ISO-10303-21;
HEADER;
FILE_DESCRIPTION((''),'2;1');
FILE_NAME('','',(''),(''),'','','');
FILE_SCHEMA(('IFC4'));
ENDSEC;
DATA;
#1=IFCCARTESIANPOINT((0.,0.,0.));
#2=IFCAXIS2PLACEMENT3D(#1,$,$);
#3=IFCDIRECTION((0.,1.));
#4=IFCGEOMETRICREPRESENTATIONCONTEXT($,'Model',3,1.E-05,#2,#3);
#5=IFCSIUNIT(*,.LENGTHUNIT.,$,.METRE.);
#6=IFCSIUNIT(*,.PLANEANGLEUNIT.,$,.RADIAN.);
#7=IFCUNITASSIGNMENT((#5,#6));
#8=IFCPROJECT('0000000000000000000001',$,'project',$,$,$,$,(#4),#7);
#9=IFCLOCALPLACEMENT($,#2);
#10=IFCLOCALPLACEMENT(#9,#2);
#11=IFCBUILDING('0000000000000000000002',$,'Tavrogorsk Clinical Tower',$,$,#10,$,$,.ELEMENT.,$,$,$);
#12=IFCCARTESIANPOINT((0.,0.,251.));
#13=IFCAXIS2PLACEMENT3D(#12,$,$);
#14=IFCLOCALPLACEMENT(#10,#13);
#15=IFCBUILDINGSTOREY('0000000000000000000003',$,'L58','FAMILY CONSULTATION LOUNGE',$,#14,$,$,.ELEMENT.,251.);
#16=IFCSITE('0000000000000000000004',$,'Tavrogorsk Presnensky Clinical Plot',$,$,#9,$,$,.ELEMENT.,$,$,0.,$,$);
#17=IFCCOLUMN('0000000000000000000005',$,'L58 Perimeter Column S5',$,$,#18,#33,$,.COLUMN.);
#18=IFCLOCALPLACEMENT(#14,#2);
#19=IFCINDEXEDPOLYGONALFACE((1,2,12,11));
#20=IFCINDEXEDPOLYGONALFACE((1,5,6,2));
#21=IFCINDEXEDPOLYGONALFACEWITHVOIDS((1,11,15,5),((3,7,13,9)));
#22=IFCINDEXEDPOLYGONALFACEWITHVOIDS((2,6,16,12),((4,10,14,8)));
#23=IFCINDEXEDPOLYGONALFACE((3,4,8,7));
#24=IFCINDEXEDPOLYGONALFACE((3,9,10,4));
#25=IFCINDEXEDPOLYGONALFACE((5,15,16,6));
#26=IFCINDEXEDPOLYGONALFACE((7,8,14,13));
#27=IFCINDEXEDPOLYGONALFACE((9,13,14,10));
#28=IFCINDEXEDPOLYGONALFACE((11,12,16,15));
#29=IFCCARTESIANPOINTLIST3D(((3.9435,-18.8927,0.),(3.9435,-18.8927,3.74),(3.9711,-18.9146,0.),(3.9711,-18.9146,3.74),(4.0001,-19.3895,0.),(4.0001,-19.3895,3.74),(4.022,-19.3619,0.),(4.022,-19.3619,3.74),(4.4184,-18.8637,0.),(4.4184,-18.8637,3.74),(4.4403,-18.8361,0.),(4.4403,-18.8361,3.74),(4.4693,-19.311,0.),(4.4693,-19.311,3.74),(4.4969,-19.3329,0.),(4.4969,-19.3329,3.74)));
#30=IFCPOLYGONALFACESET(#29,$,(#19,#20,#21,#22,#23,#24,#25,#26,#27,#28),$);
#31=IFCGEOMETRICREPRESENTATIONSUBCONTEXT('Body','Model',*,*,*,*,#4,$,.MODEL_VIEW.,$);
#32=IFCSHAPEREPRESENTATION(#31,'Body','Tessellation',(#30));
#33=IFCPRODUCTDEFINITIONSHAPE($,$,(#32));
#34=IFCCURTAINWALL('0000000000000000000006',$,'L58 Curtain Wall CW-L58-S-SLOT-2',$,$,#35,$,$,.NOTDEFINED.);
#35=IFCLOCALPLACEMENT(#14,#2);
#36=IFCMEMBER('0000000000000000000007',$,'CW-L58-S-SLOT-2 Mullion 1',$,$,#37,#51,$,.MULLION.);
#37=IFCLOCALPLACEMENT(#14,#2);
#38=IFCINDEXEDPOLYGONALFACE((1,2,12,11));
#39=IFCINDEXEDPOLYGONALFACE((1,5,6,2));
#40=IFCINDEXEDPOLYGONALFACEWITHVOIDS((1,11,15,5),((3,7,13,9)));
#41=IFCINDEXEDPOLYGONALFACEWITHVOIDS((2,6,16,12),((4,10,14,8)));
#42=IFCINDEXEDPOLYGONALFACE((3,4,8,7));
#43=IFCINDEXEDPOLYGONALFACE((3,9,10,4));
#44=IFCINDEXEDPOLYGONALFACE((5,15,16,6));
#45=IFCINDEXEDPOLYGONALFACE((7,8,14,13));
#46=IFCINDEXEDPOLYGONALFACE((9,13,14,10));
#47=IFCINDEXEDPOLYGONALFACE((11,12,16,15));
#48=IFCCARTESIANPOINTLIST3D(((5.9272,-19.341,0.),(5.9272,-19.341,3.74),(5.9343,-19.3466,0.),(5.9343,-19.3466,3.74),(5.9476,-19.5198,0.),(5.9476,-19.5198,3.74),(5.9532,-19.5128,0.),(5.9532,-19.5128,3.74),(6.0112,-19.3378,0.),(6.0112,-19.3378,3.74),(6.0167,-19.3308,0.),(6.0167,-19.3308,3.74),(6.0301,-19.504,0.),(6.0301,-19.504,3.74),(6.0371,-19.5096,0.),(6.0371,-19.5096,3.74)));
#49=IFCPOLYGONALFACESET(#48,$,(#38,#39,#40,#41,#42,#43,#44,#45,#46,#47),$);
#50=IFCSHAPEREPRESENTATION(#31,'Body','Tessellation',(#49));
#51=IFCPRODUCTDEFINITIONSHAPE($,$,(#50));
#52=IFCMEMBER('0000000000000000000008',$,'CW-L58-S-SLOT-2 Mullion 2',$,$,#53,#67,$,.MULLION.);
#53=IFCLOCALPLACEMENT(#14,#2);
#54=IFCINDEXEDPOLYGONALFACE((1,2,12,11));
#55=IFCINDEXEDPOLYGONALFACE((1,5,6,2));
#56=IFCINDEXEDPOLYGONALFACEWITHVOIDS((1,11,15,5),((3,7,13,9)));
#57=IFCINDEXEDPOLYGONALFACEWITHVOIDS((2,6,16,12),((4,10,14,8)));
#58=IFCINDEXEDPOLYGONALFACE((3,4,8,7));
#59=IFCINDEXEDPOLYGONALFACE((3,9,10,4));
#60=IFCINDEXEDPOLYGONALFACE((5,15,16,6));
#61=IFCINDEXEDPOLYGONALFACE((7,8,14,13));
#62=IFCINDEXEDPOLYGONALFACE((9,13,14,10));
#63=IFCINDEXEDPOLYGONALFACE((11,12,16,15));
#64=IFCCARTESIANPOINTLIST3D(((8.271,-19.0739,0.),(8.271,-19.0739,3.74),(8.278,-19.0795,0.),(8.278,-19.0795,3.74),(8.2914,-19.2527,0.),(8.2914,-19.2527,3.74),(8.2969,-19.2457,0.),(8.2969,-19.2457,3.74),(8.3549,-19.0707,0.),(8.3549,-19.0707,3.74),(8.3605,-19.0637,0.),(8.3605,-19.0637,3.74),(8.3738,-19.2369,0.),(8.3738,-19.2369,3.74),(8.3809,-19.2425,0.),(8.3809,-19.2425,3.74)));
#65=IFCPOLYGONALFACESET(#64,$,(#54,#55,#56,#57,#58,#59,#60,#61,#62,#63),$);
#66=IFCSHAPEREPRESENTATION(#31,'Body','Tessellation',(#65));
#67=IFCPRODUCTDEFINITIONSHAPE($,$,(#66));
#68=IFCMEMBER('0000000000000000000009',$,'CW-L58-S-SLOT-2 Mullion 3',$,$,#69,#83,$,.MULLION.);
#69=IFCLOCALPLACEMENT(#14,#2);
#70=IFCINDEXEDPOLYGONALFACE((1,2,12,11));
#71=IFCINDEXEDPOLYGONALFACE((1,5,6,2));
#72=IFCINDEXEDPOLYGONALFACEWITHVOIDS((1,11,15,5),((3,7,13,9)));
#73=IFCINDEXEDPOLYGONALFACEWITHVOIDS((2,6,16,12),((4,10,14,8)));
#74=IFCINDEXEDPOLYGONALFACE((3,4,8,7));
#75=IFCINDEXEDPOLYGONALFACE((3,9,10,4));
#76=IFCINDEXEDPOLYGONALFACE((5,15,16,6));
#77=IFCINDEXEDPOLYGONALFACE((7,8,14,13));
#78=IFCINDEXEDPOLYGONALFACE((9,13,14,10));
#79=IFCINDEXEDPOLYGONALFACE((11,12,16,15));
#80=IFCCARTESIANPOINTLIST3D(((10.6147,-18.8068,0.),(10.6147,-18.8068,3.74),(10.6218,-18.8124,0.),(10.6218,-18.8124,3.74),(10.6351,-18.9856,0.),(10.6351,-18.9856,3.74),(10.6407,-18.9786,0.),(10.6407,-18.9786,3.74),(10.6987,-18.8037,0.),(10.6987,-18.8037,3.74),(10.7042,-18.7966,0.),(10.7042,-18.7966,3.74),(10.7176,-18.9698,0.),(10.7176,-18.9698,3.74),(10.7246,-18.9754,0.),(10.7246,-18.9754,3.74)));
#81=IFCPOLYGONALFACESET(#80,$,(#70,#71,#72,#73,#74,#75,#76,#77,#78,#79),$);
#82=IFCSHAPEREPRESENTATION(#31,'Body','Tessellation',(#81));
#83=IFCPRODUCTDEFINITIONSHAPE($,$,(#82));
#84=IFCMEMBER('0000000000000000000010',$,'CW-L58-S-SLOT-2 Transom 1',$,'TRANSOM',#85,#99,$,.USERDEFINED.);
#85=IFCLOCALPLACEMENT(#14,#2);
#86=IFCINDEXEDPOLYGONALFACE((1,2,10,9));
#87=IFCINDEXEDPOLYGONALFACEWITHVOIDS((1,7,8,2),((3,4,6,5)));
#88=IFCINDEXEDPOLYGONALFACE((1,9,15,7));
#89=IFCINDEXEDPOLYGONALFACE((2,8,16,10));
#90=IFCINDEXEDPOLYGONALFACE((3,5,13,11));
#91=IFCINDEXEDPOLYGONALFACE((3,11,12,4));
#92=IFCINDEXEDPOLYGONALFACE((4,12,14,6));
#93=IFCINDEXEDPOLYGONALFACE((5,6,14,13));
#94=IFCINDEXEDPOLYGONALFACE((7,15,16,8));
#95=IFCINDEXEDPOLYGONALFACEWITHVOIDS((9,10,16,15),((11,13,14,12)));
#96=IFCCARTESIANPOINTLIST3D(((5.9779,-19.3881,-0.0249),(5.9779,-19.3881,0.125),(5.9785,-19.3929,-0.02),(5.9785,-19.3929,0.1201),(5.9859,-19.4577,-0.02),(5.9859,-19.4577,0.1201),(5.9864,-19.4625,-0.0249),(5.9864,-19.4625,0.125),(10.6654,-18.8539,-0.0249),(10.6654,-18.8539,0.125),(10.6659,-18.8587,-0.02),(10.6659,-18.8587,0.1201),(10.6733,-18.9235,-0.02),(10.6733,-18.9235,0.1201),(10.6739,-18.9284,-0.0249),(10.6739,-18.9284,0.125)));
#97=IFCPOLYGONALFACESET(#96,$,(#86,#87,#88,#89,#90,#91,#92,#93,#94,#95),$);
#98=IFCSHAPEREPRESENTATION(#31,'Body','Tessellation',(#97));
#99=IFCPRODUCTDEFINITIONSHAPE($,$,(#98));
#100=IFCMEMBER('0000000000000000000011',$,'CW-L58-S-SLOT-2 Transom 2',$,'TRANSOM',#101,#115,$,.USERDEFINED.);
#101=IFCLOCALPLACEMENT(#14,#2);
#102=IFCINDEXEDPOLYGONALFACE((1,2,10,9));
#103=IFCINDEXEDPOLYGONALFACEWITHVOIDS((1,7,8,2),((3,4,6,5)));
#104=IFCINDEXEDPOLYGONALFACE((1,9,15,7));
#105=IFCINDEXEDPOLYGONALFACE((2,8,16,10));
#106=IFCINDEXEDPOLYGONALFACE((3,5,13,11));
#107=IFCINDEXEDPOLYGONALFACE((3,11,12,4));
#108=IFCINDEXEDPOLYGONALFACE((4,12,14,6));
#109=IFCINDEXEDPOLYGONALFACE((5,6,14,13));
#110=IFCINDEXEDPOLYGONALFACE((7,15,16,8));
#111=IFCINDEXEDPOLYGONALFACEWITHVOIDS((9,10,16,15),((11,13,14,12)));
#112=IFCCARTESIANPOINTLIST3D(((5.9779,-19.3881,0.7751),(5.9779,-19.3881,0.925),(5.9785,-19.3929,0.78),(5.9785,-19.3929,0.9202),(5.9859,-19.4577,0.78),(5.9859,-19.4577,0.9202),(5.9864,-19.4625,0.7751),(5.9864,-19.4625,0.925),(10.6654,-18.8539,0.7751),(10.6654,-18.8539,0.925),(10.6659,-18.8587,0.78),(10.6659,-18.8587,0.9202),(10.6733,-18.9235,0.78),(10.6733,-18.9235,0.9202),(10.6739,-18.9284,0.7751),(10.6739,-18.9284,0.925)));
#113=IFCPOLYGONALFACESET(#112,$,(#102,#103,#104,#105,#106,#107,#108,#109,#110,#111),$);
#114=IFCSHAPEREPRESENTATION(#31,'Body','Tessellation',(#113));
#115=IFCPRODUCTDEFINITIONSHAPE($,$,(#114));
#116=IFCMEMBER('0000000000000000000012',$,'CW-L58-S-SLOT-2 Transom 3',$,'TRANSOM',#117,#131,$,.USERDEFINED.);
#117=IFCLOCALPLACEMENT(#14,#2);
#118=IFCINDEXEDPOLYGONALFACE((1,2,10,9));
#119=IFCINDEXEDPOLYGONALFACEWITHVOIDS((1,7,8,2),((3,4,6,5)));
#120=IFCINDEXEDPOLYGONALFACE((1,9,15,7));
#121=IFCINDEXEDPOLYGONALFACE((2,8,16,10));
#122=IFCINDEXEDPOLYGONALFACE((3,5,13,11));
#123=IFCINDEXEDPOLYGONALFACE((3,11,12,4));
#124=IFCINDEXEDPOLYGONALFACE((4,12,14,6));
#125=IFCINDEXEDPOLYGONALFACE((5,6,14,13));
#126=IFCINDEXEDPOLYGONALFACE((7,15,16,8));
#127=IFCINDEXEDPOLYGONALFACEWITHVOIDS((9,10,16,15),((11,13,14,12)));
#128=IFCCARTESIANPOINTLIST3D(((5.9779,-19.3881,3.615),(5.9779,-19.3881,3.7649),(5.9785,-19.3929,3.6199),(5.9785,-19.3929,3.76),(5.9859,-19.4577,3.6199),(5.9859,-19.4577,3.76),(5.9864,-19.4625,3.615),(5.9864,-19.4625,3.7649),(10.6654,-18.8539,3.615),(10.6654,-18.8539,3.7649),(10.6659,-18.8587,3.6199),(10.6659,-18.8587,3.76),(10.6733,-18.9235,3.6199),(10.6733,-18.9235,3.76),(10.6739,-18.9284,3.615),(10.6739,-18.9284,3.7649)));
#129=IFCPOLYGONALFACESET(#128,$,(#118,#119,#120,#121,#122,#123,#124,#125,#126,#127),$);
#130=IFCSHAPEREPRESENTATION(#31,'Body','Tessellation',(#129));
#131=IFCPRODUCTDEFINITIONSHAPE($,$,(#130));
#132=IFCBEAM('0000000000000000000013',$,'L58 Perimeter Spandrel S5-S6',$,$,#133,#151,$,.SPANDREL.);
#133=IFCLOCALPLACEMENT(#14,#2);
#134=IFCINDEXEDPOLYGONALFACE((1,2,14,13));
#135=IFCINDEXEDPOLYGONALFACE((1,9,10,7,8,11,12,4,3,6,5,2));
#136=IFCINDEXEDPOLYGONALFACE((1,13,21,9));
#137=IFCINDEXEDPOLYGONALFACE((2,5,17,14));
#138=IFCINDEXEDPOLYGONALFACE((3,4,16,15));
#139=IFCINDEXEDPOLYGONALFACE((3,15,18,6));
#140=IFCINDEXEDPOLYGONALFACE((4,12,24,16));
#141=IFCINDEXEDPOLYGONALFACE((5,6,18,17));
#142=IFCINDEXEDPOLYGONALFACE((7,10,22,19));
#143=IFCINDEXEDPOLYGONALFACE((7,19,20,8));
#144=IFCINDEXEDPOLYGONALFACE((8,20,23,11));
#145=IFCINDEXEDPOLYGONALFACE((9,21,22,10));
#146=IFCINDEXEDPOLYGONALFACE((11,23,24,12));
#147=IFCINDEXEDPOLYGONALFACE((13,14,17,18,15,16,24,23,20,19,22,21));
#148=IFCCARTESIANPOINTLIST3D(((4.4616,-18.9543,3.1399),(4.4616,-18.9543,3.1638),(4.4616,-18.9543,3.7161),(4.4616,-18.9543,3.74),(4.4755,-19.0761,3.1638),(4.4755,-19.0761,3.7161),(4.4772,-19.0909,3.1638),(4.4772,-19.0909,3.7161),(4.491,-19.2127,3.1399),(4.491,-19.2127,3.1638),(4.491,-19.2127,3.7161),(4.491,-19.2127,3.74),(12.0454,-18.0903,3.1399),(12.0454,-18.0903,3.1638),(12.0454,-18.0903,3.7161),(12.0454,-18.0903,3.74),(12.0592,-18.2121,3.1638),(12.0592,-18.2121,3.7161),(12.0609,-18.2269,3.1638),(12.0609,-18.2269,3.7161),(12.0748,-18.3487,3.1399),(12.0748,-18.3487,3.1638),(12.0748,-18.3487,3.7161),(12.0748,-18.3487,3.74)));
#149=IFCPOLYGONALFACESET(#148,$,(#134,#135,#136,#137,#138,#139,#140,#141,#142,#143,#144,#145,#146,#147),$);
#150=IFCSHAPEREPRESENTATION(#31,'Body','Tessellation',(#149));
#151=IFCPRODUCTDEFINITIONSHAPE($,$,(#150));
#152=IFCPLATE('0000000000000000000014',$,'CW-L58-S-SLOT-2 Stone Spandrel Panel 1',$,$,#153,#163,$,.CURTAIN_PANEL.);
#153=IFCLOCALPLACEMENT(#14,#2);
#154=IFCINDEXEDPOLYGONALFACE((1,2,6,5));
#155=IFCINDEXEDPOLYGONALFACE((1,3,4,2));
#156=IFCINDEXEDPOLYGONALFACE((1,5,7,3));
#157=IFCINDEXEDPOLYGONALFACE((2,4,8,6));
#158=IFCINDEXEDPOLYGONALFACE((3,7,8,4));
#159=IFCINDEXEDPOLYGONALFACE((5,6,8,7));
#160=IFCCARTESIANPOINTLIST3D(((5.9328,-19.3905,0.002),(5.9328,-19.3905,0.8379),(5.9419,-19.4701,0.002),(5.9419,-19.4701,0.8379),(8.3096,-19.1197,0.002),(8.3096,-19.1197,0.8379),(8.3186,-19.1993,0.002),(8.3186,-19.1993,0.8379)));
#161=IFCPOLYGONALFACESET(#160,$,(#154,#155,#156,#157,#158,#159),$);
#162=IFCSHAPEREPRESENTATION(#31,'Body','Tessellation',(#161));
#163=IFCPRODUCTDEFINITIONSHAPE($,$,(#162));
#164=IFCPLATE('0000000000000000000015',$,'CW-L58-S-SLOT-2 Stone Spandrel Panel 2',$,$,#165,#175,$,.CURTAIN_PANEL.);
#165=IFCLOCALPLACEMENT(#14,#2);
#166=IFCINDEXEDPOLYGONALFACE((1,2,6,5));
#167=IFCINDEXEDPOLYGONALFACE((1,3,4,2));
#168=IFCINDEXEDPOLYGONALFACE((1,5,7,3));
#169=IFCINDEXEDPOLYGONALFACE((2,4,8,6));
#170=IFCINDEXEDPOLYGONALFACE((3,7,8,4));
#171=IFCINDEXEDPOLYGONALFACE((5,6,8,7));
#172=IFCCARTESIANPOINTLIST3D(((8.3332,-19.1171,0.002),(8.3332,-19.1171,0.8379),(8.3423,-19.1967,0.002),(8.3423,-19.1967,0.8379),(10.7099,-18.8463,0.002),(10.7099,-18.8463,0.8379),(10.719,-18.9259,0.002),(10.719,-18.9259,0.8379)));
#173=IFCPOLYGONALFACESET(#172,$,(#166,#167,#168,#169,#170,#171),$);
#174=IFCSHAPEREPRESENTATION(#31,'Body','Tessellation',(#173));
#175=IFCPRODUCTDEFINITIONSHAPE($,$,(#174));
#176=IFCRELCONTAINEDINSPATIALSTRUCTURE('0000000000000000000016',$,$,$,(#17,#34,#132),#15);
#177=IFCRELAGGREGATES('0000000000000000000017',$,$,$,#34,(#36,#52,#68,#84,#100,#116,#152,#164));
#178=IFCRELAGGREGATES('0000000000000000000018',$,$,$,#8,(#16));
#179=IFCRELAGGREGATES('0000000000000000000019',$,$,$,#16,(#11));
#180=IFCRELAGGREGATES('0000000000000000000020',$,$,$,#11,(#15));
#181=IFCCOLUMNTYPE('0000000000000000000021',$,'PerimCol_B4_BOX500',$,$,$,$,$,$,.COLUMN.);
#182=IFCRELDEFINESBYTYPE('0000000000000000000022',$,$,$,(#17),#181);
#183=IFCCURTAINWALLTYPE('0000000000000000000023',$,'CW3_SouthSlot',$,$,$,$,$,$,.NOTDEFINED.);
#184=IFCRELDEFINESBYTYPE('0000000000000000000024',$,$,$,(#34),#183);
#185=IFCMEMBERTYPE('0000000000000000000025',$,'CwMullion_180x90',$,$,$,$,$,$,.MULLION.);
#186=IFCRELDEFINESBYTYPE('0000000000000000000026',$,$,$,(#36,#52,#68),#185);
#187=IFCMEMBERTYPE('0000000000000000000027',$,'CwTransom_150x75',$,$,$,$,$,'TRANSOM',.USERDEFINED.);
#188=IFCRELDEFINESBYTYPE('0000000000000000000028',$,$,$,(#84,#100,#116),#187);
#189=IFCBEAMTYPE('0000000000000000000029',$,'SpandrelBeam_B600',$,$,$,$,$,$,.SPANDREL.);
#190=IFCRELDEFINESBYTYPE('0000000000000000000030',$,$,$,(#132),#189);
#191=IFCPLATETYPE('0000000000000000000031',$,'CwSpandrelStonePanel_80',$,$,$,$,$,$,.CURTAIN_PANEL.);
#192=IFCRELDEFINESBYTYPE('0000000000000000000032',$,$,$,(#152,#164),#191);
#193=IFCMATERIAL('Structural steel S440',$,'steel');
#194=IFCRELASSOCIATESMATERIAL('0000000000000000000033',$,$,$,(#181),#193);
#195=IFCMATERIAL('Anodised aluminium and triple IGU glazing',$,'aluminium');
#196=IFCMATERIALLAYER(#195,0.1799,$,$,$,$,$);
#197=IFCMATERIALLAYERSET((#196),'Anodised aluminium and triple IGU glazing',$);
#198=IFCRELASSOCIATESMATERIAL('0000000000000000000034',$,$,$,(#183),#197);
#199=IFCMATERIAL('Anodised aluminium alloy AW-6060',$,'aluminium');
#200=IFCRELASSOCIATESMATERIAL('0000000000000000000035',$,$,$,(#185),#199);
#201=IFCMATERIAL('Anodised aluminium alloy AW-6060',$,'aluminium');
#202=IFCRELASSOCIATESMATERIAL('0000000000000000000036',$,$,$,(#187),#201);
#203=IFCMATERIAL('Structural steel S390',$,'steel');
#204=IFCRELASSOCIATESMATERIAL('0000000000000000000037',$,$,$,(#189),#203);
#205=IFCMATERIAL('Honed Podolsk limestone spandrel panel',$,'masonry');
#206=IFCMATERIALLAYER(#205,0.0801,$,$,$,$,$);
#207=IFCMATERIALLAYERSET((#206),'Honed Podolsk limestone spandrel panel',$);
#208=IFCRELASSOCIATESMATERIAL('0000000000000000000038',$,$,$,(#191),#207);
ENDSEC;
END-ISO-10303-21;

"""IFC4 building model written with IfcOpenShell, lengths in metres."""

from ifc_helpers import new_model, si_unit, direction, frame, origin, origin_2d, place, context, subcontext, project, spatial, rectangle, hollow_rectangle, i_section, extrude, material, layer, layer_set, material_profile, profile_set, type_object, element, aggregate, save


model = new_model("IFC4")

# Units and contexts
model_context = context("Model", 3, precision=1e-05, world=origin(), true_north=direction((0.0, 1.0)))
body_context = subcontext(model_context, "Body", "Model", "MODEL_VIEW")
ifc_project = project(units=[si_unit("LENGTHUNIT", "METRE"), si_unit("PLANEANGLEUNIT", "RADIAN")], contexts=[model_context])

# Site, building, storey
site_placement = place(None, origin())
site = spatial("IfcSite", under=ifc_project, at=site_placement, Name="Tavrogorsk Presnensky Clinical Plot", CompositionType="ELEMENT", RefElevation=0.0)
building_placement = place(site_placement, origin())
building = spatial("IfcBuilding", under=site, at=building_placement, Name="Tavrogorsk Clinical Tower", CompositionType="ELEMENT")
storey_placement = place(building_placement, frame((0.0, 0.0, 251.0)))
storey = spatial("IfcBuildingStorey", under=building, at=storey_placement, Name="L58", Description="FAMILY CONSULTATION LOUNGE", CompositionType="ELEMENT", Elevation=251.0)

# Column
ifc_material_1 = material(Name="Structural steel S440", Category="steel")
ifc_material_profile_1 = material_profile(ifc_material_1, hollow_rectangle(XDim=0.5, YDim=0.5, WallThickness=0.0249, at=origin_2d()), Name="BOX-500x500x25")
ifc_profile_set_1 = profile_set([ifc_material_profile_1], Name="Structural steel S440")
column_type = type_object("IfcColumnType", Name="PerimCol_B4_BOX500", PredefinedType="COLUMN", material=ifc_profile_set_1)
column_placement = place(storey_placement, frame((4.2202, -19.1128, 0.0), z_axis=(0.0, 0.0, 1.0), x_axis=(0.993572, 0.113203, 0.0)))
element("IfcColumn", 1, at=column_placement, inside=storey, type_object=column_type, Name="L58 Perimeter Column S5", PredefinedType="COLUMN", context=body_context, shape_type="SweptSolid", body=[
    extrude(hollow_rectangle(XDim=0.5, YDim=0.5, WallThickness=0.0249, at=origin_2d()), origin(), (0.0, 0.0, 1.0), 3.74),
])

# Curtain wall, members
ifc_material_2 = material(Name="Anodised aluminium and triple IGU glazing", Category="aluminium")
ifc_layer_1 = layer(ifc_material_2, 0.1799)
ifc_layer_set_1 = layer_set([ifc_layer_1], Name="Anodised aluminium and triple IGU glazing")
curtain_wall_type = type_object("IfcCurtainWallType", Name="CW3_SouthSlot", PredefinedType="NOTDEFINED", material=ifc_layer_set_1)
curtain_wall_placement = place(storey_placement, origin())
curtain_wall = element("IfcCurtainWall", 2, at=curtain_wall_placement, inside=storey, type_object=curtain_wall_type, Name="L58 Curtain Wall CW-L58-S-SLOT-2", PredefinedType="NOTDEFINED")
ifc_material_3 = material(Name="Anodised aluminium alloy AW-6060", Category="aluminium")
ifc_material_profile_2 = material_profile(ifc_material_3, hollow_rectangle(XDim=0.0901, YDim=0.1799, WallThickness=0.0063, at=origin_2d()), Name="RHS-180x90x6.3")
ifc_profile_set_2 = profile_set([ifc_material_profile_2], Name="Anodised aluminium alloy AW-6060")
member_type_1 = type_object("IfcMemberType", Name="CwMullion_180x90", PredefinedType="MULLION", material=ifc_profile_set_2)
member_1_placement = place(storey_placement, frame((5.9822, -19.4253, 0.0), z_axis=(0.0, 0.0, 1.0), x_axis=(0.993572, 0.113203, 0.0)))
member_1 = element("IfcMember", 3, at=member_1_placement, type_object=member_type_1, Name="CW-L58-S-SLOT-2 Mullion 1", PredefinedType="MULLION", context=body_context, shape_type="SweptSolid", body=[
    extrude(hollow_rectangle(XDim=0.0901, YDim=0.1799, WallThickness=0.0063, at=origin_2d()), origin(), (0.0, 0.0, 1.0), 3.74),
])
member_2_placement = place(storey_placement, frame((8.3259, -19.1582, 0.0), z_axis=(0.0, 0.0, 1.0), x_axis=(0.993572, 0.113203, 0.0)))
member_2 = element("IfcMember", 4, at=member_2_placement, type_object=member_type_1, Name="CW-L58-S-SLOT-2 Mullion 2", PredefinedType="MULLION", context=body_context, shape_type="SweptSolid", body=[
    extrude(hollow_rectangle(XDim=0.0901, YDim=0.1799, WallThickness=0.0063, at=origin_2d()), origin(), (0.0, 0.0, 1.0), 3.74),
])
member_3_placement = place(storey_placement, frame((10.6697, -18.8911, 0.0), z_axis=(0.0, 0.0, 1.0), x_axis=(0.993572, 0.113203, 0.0)))
member_3 = element("IfcMember", 5, at=member_3_placement, type_object=member_type_1, Name="CW-L58-S-SLOT-2 Mullion 3", PredefinedType="MULLION", context=body_context, shape_type="SweptSolid", body=[
    extrude(hollow_rectangle(XDim=0.0901, YDim=0.1799, WallThickness=0.0063, at=origin_2d()), origin(), (0.0, 0.0, 1.0), 3.74),
])
ifc_material_4 = material(Name="Anodised aluminium alloy AW-6060", Category="aluminium")
ifc_material_profile_3 = material_profile(ifc_material_4, hollow_rectangle(XDim=0.075, YDim=0.1499, WallThickness=0.0049, at=origin_2d()), Name="RHS-150x75x5")
ifc_profile_set_3 = profile_set([ifc_material_profile_3], Name="Anodised aluminium alloy AW-6060")
member_type_2 = type_object("IfcMemberType", Name="CwTransom_150x75", ElementType="TRANSOM", PredefinedType="USERDEFINED", material=ifc_profile_set_3)
member_4_placement = place(storey_placement, frame((5.9822, -19.4253, 0.05), z_axis=(0.993569, 0.113226, 0.0), x_axis=(-0.113226, 0.993569, 0.0)))
member_4 = element("IfcMember", 6, at=member_4_placement, type_object=member_type_2, Name="CW-L58-S-SLOT-2 Transom 1", ObjectType="TRANSOM", PredefinedType="USERDEFINED", context=body_context, shape_type="SweptSolid", body=[
    extrude(hollow_rectangle(XDim=0.075, YDim=0.1499, WallThickness=0.0049, at=origin_2d()), origin(), (0.0, 0.0, 1.0), 4.7178),
])
member_5_placement = place(storey_placement, frame((5.9822, -19.4253, 0.8501), z_axis=(0.993569, 0.113226, 0.0), x_axis=(-0.113226, 0.993569, 0.0)))
member_5 = element("IfcMember", 7, at=member_5_placement, type_object=member_type_2, Name="CW-L58-S-SLOT-2 Transom 2", ObjectType="TRANSOM", PredefinedType="USERDEFINED", context=body_context, shape_type="SweptSolid", body=[
    extrude(hollow_rectangle(XDim=0.075, YDim=0.1499, WallThickness=0.0049, at=origin_2d()), origin(), (0.0, 0.0, 1.0), 4.7178),
])
member_6_placement = place(storey_placement, frame((5.9822, -19.4253, 3.6899), z_axis=(0.993569, 0.113226, 0.0), x_axis=(-0.113226, 0.993569, 0.0)))
member_6 = element("IfcMember", 8, at=member_6_placement, type_object=member_type_2, Name="CW-L58-S-SLOT-2 Transom 3", ObjectType="TRANSOM", PredefinedType="USERDEFINED", context=body_context, shape_type="SweptSolid", body=[
    extrude(hollow_rectangle(XDim=0.075, YDim=0.1499, WallThickness=0.0049, at=origin_2d()), origin(), (0.0, 0.0, 1.0), 4.7178),
])

# Beam
ifc_material_5 = material(Name="Structural steel S390", Category="steel")
ifc_material_profile_4 = material_profile(ifc_material_5, i_section(OverallWidth=0.26, OverallDepth=0.6001, WebThickness=0.0149, FlangeThickness=0.0239, at=origin_2d()), Name="B-600x260x15x24")
ifc_profile_set_4 = profile_set([ifc_material_profile_4], Name="Structural steel S390")
beam_type = type_object("IfcBeamType", Name="SpandrelBeam_B600", PredefinedType="SPANDREL", material=ifc_profile_set_4)
beam_placement = place(storey_placement, frame((4.4763, -19.0835, 3.4399), z_axis=(0.993573, 0.113197, 0.0), x_axis=(-0.113197, 0.993573, 0.0)))
element("IfcBeam", 9, at=beam_placement, inside=storey, type_object=beam_type, Name="L58 Perimeter Spandrel S5-S6", PredefinedType="SPANDREL", context=body_context, shape_type="SweptSolid", body=[
    extrude(i_section(OverallWidth=0.26, OverallDepth=0.6001, WebThickness=0.0149, FlangeThickness=0.0239, at=origin_2d()), origin(), (0.0, 0.0, 1.0), 7.6328),
])

# Plates
ifc_material_6 = material(Name="Honed Podolsk limestone spandrel panel", Category="masonry")
ifc_layer_2 = layer(ifc_material_6, 0.0801)
ifc_layer_set_2 = layer_set([ifc_layer_2], Name="Honed Podolsk limestone spandrel panel")
plate_type_1 = type_object("IfcPlateType", Name="CwSpandrelStonePanel_80", PredefinedType="CURTAIN_PANEL", material=ifc_layer_set_2)
plate_1_placement = place(storey_placement, frame((7.1257, -19.2949, 0.002), z_axis=(0.0, 0.0, 1.0), x_axis=(0.993572, 0.113203, 0.0)))
plate_1 = element("IfcPlate", 10, at=plate_1_placement, type_object=plate_type_1, Name="CW-L58-S-SLOT-2 Stone Spandrel Panel 1", PredefinedType="CURTAIN_PANEL", context=body_context, shape_type="SweptSolid", body=[
    extrude(rectangle(XDim=2.3921, YDim=0.0801, at=origin_2d()), origin(), (0.0, 0.0, 1.0), 0.8359),
])
plate_2_placement = place(storey_placement, frame((9.5261, -19.0215, 0.002), z_axis=(0.0, 0.0, 1.0), x_axis=(0.993572, 0.113203, 0.0)))
plate_2 = element("IfcPlate", 11, at=plate_2_placement, type_object=plate_type_1, Name="CW-L58-S-SLOT-2 Stone Spandrel Panel 2", PredefinedType="CURTAIN_PANEL", context=body_context, shape_type="SweptSolid", body=[
    extrude(rectangle(XDim=2.3921, YDim=0.0801, at=origin_2d()), origin(), (0.0, 0.0, 1.0), 0.8359),
])
aggregate(curtain_wall, [member_1, member_2, member_3, member_4, member_5, member_6, plate_1, plate_2])

save(model, "model.ifc")
